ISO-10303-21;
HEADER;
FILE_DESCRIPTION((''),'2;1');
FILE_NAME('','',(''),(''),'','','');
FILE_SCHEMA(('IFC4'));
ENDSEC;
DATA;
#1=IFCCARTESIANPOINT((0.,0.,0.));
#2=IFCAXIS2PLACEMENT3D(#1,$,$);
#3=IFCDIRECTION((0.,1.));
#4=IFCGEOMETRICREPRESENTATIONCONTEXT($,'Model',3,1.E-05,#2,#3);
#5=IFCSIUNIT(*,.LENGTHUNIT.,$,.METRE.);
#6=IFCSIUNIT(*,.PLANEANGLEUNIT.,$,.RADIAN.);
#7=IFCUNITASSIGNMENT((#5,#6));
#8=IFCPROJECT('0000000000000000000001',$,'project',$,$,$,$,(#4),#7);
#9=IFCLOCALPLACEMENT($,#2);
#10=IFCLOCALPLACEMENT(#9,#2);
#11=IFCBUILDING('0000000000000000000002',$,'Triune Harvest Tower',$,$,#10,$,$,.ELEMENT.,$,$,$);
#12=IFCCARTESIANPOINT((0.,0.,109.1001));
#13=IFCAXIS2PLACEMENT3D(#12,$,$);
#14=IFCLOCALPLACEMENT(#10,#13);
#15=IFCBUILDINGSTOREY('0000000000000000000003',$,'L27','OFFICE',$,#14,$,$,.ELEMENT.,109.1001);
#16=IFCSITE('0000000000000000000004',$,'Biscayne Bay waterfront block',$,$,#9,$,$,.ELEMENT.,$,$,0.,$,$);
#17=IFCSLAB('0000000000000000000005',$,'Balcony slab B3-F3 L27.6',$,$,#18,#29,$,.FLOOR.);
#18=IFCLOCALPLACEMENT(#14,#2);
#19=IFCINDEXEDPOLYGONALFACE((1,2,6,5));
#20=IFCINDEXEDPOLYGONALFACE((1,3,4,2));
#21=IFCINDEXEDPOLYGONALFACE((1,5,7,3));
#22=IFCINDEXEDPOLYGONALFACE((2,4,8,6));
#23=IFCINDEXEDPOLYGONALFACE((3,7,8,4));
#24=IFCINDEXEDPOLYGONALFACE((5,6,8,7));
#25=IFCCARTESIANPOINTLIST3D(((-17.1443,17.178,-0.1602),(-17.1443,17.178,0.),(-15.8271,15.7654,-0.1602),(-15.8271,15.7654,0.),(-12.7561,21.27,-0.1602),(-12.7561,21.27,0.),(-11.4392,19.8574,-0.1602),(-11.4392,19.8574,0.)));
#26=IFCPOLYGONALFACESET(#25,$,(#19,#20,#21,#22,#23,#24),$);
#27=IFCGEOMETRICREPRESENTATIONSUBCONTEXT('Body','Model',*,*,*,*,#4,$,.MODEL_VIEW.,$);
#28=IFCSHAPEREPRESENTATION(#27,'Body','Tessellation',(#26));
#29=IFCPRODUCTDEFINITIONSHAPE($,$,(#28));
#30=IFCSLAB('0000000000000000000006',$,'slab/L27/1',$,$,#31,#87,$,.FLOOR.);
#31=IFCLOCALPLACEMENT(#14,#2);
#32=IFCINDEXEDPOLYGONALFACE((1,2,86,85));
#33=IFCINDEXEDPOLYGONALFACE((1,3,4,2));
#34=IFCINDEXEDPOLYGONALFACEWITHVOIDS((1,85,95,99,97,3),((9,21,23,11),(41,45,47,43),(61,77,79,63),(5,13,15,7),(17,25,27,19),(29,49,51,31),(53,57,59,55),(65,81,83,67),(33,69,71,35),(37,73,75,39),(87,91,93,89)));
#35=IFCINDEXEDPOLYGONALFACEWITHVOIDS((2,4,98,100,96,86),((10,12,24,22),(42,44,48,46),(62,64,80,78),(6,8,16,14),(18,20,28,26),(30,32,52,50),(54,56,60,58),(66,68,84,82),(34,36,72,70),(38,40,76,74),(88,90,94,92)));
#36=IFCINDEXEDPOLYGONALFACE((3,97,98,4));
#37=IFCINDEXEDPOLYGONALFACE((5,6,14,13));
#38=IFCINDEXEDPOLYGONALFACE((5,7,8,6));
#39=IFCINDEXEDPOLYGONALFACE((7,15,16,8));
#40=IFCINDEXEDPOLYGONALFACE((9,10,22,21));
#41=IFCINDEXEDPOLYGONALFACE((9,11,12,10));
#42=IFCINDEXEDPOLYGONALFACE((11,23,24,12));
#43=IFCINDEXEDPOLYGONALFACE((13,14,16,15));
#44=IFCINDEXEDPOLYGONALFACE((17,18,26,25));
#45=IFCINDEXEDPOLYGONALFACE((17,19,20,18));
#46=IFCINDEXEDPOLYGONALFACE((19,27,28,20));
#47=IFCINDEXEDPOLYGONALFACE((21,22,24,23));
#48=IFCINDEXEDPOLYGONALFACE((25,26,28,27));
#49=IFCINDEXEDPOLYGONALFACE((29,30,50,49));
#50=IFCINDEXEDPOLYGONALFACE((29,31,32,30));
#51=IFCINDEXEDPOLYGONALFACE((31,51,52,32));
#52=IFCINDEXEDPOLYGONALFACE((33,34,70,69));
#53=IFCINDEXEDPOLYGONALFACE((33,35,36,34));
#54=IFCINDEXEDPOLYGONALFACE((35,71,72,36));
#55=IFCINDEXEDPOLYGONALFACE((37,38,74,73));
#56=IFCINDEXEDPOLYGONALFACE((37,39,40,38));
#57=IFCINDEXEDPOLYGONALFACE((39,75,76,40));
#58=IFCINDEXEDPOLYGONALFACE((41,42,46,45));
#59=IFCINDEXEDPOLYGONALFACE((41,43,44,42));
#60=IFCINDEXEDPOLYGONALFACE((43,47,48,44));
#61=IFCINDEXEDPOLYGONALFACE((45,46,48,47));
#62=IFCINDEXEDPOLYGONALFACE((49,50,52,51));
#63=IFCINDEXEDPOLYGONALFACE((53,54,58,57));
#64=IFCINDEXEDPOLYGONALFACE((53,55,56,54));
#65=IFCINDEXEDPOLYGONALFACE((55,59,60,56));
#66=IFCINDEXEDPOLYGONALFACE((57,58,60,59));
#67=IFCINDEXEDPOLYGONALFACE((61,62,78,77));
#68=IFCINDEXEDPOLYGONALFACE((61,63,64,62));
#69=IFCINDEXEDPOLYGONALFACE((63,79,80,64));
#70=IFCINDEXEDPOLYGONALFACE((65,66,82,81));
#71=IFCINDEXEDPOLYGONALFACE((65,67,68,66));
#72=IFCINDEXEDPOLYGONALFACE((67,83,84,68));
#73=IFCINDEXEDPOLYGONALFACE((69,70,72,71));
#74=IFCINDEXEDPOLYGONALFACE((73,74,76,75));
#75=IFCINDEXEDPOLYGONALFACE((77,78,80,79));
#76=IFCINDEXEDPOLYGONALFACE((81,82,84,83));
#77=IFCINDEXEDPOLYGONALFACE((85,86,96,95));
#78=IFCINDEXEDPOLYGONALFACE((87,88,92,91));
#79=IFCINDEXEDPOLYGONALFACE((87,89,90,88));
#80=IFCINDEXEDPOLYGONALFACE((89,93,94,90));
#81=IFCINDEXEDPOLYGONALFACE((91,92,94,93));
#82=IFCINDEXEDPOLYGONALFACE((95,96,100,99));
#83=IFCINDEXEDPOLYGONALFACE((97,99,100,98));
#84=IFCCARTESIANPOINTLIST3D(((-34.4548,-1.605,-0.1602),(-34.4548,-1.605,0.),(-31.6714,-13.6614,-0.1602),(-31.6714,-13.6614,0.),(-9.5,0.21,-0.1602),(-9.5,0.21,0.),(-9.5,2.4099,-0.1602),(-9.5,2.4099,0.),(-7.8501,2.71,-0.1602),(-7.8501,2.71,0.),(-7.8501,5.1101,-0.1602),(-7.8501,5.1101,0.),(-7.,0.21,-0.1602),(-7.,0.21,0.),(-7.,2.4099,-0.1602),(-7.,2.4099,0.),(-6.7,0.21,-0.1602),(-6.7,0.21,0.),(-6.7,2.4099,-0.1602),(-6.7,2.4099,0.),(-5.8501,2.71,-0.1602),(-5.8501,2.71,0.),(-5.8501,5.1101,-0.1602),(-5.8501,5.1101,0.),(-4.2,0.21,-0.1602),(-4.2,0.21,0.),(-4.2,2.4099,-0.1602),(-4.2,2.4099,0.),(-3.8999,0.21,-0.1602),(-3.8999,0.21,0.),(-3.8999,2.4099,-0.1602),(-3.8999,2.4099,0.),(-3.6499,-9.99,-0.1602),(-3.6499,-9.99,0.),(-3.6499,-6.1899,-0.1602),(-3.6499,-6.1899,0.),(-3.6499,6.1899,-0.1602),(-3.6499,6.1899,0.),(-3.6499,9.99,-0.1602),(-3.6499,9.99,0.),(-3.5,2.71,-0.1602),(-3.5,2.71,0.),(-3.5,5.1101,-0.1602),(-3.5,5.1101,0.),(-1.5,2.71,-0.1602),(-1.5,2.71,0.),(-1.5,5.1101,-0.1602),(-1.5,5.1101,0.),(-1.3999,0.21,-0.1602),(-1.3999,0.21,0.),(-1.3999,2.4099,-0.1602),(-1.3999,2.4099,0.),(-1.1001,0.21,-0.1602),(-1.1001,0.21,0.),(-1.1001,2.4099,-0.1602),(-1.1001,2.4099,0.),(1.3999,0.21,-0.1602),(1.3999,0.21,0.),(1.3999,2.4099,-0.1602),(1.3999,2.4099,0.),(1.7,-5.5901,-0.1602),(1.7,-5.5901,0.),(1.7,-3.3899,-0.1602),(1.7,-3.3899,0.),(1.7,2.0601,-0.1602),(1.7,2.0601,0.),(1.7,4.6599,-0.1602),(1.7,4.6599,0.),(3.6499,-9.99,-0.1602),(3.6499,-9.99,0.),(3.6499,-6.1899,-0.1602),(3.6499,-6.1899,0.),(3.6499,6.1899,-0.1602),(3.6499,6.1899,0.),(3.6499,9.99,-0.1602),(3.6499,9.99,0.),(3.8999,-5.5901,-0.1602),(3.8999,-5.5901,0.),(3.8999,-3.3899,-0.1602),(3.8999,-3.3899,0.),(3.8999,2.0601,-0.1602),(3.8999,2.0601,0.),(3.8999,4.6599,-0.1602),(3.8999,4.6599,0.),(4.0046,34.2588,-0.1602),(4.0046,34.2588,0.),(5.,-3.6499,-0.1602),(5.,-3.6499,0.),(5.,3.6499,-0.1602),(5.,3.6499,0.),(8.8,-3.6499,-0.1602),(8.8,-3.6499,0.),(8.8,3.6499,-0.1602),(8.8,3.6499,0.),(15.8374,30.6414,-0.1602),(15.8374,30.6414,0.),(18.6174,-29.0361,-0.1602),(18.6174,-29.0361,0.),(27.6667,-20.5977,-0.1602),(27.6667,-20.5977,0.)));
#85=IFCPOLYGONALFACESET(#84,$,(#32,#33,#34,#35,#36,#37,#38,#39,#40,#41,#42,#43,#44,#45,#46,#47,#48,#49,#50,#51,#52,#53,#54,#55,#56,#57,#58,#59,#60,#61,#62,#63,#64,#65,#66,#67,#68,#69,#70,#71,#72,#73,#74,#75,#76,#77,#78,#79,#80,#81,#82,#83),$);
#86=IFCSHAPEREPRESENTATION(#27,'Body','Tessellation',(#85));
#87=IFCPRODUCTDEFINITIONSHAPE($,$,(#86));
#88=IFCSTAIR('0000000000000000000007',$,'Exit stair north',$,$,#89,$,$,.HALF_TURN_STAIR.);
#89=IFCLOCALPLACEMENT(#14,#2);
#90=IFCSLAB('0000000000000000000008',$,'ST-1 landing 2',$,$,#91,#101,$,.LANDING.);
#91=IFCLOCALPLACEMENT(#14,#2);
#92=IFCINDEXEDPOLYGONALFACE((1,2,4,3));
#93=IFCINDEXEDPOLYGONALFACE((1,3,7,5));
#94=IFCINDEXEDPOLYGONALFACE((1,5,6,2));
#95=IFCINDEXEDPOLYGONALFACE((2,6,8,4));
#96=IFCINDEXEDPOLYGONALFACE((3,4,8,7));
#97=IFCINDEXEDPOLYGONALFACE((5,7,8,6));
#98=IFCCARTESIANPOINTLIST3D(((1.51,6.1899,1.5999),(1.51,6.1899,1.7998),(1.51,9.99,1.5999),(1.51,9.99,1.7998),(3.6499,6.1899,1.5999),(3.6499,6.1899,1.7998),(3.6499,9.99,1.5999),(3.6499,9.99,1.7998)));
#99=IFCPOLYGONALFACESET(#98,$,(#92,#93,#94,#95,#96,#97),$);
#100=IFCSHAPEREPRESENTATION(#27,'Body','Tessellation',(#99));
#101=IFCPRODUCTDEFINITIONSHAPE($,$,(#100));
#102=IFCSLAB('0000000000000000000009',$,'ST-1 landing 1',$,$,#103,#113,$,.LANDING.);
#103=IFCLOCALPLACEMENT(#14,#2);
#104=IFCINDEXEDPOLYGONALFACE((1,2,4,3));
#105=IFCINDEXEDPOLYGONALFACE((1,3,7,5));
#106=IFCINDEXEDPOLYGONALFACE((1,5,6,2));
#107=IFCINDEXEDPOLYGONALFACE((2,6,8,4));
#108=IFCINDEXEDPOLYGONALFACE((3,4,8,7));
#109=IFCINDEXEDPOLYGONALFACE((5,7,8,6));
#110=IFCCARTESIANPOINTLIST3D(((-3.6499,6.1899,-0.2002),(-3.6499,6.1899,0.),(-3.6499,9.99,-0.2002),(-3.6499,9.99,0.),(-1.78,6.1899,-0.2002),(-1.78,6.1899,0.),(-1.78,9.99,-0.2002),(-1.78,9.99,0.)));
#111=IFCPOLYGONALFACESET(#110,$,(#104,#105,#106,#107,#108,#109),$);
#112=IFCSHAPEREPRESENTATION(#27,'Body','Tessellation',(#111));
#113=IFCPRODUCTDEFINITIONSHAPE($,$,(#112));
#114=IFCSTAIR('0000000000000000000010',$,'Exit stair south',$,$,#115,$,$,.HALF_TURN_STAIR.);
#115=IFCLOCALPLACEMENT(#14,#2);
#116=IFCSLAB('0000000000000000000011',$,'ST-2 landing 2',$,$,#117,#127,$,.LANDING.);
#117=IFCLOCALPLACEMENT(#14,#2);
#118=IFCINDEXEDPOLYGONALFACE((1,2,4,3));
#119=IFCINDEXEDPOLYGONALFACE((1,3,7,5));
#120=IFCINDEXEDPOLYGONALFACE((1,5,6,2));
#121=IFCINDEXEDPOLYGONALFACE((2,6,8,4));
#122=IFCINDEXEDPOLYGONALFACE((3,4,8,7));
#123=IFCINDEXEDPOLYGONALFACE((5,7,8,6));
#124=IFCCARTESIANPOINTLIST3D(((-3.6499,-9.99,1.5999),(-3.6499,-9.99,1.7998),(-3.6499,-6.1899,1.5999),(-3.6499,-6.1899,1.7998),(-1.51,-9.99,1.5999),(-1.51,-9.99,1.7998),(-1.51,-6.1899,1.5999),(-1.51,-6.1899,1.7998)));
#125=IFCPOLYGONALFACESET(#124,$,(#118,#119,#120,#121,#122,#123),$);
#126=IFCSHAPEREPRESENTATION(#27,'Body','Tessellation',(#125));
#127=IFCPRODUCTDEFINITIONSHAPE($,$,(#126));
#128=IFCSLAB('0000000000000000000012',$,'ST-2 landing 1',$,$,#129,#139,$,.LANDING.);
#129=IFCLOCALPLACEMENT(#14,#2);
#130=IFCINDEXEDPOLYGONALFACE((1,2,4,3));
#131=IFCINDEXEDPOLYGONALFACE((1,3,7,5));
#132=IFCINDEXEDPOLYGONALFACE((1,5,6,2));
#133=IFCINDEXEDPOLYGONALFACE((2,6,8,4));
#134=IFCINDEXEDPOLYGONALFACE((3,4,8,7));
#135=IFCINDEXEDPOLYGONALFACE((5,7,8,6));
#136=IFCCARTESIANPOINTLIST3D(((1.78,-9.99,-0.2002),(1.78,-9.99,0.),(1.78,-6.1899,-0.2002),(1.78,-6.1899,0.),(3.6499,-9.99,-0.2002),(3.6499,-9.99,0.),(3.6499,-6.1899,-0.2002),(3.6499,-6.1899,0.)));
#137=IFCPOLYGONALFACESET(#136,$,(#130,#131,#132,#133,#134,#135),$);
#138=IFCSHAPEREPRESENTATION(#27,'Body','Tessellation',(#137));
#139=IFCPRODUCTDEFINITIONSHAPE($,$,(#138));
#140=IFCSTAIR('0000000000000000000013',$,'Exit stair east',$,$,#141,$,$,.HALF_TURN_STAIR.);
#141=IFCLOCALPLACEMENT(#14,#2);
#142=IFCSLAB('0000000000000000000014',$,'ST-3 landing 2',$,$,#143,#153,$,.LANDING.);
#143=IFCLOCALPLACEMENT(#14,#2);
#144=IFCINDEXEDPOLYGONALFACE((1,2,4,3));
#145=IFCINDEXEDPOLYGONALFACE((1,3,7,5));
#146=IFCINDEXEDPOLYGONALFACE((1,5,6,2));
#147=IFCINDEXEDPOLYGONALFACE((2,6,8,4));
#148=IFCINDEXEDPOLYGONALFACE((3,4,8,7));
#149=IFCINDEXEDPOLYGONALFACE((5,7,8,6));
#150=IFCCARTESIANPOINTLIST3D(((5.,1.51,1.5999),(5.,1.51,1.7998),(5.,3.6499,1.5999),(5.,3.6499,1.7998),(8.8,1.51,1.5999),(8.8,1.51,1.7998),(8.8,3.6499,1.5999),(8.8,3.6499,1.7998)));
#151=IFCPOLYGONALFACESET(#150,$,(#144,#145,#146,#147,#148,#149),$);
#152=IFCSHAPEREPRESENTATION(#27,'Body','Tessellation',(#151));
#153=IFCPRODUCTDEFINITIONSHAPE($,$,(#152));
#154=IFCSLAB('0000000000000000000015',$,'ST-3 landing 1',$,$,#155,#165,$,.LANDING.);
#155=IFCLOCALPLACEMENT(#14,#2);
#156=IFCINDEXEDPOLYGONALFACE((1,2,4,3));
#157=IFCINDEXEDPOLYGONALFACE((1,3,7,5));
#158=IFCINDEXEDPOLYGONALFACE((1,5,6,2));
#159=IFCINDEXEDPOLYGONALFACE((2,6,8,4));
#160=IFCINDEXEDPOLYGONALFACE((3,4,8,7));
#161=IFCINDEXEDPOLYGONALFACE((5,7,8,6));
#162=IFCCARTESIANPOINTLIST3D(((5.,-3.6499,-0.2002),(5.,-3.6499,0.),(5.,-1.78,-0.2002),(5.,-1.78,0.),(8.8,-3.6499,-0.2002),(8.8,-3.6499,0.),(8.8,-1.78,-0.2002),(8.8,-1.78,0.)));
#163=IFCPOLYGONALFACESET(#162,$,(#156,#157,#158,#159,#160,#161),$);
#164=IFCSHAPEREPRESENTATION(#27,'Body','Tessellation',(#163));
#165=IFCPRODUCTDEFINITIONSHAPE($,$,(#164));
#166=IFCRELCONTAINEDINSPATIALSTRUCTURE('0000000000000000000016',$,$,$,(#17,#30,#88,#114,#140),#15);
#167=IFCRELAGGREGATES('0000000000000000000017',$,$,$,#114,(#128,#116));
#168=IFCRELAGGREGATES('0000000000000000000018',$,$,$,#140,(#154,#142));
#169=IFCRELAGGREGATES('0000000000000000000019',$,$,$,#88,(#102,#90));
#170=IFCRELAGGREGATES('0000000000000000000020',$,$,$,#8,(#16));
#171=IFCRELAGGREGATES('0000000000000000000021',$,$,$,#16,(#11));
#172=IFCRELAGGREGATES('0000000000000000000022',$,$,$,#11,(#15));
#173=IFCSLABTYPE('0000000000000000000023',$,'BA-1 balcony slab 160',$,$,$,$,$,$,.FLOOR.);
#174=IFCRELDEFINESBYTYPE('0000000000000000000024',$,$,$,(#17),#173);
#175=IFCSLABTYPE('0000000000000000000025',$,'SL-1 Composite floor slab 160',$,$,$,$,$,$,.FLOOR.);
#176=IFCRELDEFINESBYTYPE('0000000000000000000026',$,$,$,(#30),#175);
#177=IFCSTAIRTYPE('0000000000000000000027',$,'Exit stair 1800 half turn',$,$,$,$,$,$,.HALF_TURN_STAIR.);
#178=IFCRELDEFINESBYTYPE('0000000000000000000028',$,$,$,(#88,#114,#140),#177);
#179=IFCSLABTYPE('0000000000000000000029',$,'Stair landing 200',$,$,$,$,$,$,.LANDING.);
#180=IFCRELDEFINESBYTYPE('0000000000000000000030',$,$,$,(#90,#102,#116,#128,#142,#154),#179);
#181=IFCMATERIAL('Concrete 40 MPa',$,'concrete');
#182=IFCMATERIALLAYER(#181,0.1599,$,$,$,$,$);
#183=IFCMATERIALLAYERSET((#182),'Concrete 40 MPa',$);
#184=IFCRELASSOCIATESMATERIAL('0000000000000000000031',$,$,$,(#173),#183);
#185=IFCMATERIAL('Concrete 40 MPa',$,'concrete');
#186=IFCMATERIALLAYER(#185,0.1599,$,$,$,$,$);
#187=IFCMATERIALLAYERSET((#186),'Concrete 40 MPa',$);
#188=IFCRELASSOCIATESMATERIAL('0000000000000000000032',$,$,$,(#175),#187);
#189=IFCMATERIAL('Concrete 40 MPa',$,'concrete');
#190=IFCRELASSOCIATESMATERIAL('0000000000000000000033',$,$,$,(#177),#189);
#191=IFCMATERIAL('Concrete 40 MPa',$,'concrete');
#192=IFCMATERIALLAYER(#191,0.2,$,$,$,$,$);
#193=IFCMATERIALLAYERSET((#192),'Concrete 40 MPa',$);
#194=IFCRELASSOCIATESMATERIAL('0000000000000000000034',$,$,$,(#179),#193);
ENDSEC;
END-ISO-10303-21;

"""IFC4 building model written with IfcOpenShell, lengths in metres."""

from ifc_helpers import new_model, si_unit, direction, frame, origin, place, context, subcontext, project, spatial, polyline, outline, extrude, source, transform, mapped, material, layer, layer_set, type_object, element, aggregate, save


model = new_model("IFC4")

# Units and contexts
model_context = context("Model", 3, precision=1e-05, world=origin(), true_north=direction((0.0, 1.0)))
body_context = subcontext(model_context, "Body", "Model", "MODEL_VIEW")
ifc_project = project(units=[si_unit("LENGTHUNIT", "METRE"), si_unit("PLANEANGLEUNIT", "RADIAN")], contexts=[model_context])

# Site, building, storey
site_placement = place(None, origin())
site = spatial("IfcSite", under=ifc_project, at=site_placement, Name="Biscayne Bay waterfront block", CompositionType="ELEMENT", RefElevation=0.0)
building_placement = place(site_placement, origin())
building = spatial("IfcBuilding", under=site, at=building_placement, Name="Triune Harvest Tower", CompositionType="ELEMENT")
storey_placement = place(building_placement, frame((0.0, 0.0, 109.1001)))
storey = spatial("IfcBuildingStorey", under=building, at=storey_placement, Name="L27", Description="OFFICE", CompositionType="ELEMENT", Elevation=109.1001)

# Slabs
ifc_material_1 = material(Name="Concrete 40 MPa", Category="concrete")
ifc_layer_1 = layer(ifc_material_1, 0.1599)
ifc_layer_set_1 = layer_set([ifc_layer_1], Name="Concrete 40 MPa")
slab_type_1 = type_object("IfcSlabType", Name="BA-1 balcony slab 160", PredefinedType="FLOOR", material=ifc_layer_set_1)
slab_1_placement = place(storey_placement, frame((0.0, 0.0, -0.1602)))
element("IfcSlab", 1, at=slab_1_placement, inside=storey, type_object=slab_type_1, Name="Balcony slab B3-F3 L27.6", PredefinedType="FLOOR", context=body_context, shape_type="SweptSolid", body=[
    extrude(outline(polyline([(-11.4392, 19.8574), (-15.8271, 15.7654), (-17.1443, 17.178), (-12.7561, 21.27), (-11.4392, 19.8574)])), origin(), (0.0, 0.0, 1.0), 0.1602),
])
ifc_material_2 = material(Name="Concrete 40 MPa", Category="concrete")
ifc_layer_2 = layer(ifc_material_2, 0.1599)
ifc_layer_set_2 = layer_set([ifc_layer_2], Name="Concrete 40 MPa")
slab_type_2 = type_object("IfcSlabType", Name="SL-1 Composite floor slab 160", PredefinedType="FLOOR", material=ifc_layer_set_2)
shared_shape_1 = source(origin(), body_context, "Body", "SweptSolid", [
    extrude(outline(polyline([(27.6667, -20.5977), (15.8374, 30.6414), (4.0046, 34.2588), (-34.4548, -1.605), (-31.6714, -13.6614), (18.6174, -29.0361), (27.6667, -20.5977)]), holes=[polyline([(-7.0, 0.21), (-7.0, 2.4099), (-9.5, 2.4099), (-9.5, 0.21), (-7.0, 0.21)]), polyline([(-4.2, 0.21), (-4.2, 2.4099), (-6.7, 2.4099), (-6.7, 0.21), (-4.2, 0.21)]), polyline([(-1.3999, 0.21), (-1.3999, 2.4099), (-3.8999, 2.4099), (-3.8999, 0.21), (-1.3999, 0.21)]), polyline([(1.3999, 0.21), (1.3999, 2.4099), (-1.1001, 2.4099), (-1.1001, 0.21), (1.3999, 0.21)]), polyline([(3.8999, 2.0601), (3.8999, 4.6599), (1.7, 4.6599), (1.7, 2.0601), (3.8999, 2.0601)]), polyline([(3.8999, -5.5901), (3.8999, -3.3899), (1.7, -3.3899), (1.7, -5.5901), (3.8999, -5.5901)]), polyline([(-5.8501, 2.71), (-5.8501, 5.1101), (-7.8501, 5.1101), (-7.8501, 2.71), (-5.8501, 2.71)]), polyline([(-1.5, 2.71), (-1.5, 5.1101), (-3.5, 5.1101), (-3.5, 2.71), (-1.5, 2.71)]), polyline([(3.6499, 6.1899), (3.6499, 9.99), (-3.6499, 9.99), (-3.6499, 6.1899), (3.6499, 6.1899)]), polyline([(3.6499, -9.99), (3.6499, -6.1899), (-3.6499, -6.1899), (-3.6499, -9.99), (3.6499, -9.99)]), polyline([(8.8, -3.6499), (8.8, 3.6499), (5.0, 3.6499), (5.0, -3.6499), (8.8, -3.6499)])]), origin(), (0.0, 0.0, 1.0), 0.1602),
])
slab_2_placement = place(storey_placement, frame((0.0, 0.0, -0.1602)))
element("IfcSlab", 2, at=slab_2_placement, inside=storey, type_object=slab_type_2, Name="slab/L27/1", PredefinedType="FLOOR", context=body_context, shape_type="MappedRepresentation", body=[
    mapped(shared_shape_1, transform((0.0, 0.0, 0.0), scale=1.0)),
])

# Stairs, slabs
ifc_material_3 = material(Name="Concrete 40 MPa", Category="concrete")
stair_type = type_object("IfcStairType", Name="Exit stair 1800 half turn", PredefinedType="HALF_TURN_STAIR", material=ifc_material_3)
stair_1_placement = place(storey_placement, origin())
stair_1 = element("IfcStair", 3, at=stair_1_placement, inside=storey, type_object=stair_type, Name="Exit stair north", PredefinedType="HALF_TURN_STAIR")
ifc_material_4 = material(Name="Concrete 40 MPa", Category="concrete")
ifc_layer_3 = layer(ifc_material_4, 0.2)
ifc_layer_set_3 = layer_set([ifc_layer_3], Name="Concrete 40 MPa")
slab_type_3 = type_object("IfcSlabType", Name="Stair landing 200", PredefinedType="LANDING", material=ifc_layer_set_3)
shared_shape_2 = source(origin(), body_context, "Body", "SweptSolid", [
    extrude(outline(polyline([(1.51, 6.1899), (3.6499, 6.1899), (3.6499, 9.99), (1.51, 9.99), (1.51, 6.1899)])), origin(), (0.0, 0.0, 1.0), 0.2),
])
slab_3_placement = place(storey_placement, frame((0.0, 0.0, 1.5999)))
slab_3 = element("IfcSlab", 4, at=slab_3_placement, type_object=slab_type_3, Name="ST-1 landing 2", PredefinedType="LANDING", context=body_context, shape_type="MappedRepresentation", body=[
    mapped(shared_shape_2, transform((0.0, 0.0, 0.0), scale=1.0)),
])
shared_shape_3 = source(origin(), body_context, "Body", "SweptSolid", [
    extrude(outline(polyline([(-3.6499, 6.1899), (-1.78, 6.1899), (-1.78, 9.99), (-3.6499, 9.99), (-3.6499, 6.1899)])), origin(), (0.0, 0.0, 1.0), 0.2002),
])
slab_4_placement = place(storey_placement, frame((0.0, 0.0, -0.2002)))
slab_4 = element("IfcSlab", 5, at=slab_4_placement, type_object=slab_type_3, Name="ST-1 landing 1", PredefinedType="LANDING", context=body_context, shape_type="MappedRepresentation", body=[
    mapped(shared_shape_3, transform((0.0, 0.0, 0.0), scale=1.0)),
])
stair_2_placement = place(storey_placement, origin())
stair_2 = element("IfcStair", 6, at=stair_2_placement, inside=storey, type_object=stair_type, Name="Exit stair south", PredefinedType="HALF_TURN_STAIR")
shared_shape_4 = source(origin(), body_context, "Body", "SweptSolid", [
    extrude(outline(polyline([(-1.51, -6.1899), (-3.6499, -6.1899), (-3.6499, -9.99), (-1.51, -9.99), (-1.51, -6.1899)])), origin(), (0.0, 0.0, 1.0), 0.2),
])
slab_5_placement = place(storey_placement, frame((0.0, 0.0, 1.5999)))
slab_5 = element("IfcSlab", 7, at=slab_5_placement, type_object=slab_type_3, Name="ST-2 landing 2", PredefinedType="LANDING", context=body_context, shape_type="MappedRepresentation", body=[
    mapped(shared_shape_4, transform((0.0, 0.0, 0.0), scale=1.0)),
])
shared_shape_5 = source(origin(), body_context, "Body", "SweptSolid", [
    extrude(outline(polyline([(3.6499, -6.1899), (1.78, -6.1899), (1.78, -9.99), (3.6499, -9.99), (3.6499, -6.1899)])), origin(), (0.0, 0.0, 1.0), 0.2002),
])
slab_6_placement = place(storey_placement, frame((0.0, 0.0, -0.2002)))
slab_6 = element("IfcSlab", 8, at=slab_6_placement, type_object=slab_type_3, Name="ST-2 landing 1", PredefinedType="LANDING", context=body_context, shape_type="MappedRepresentation", body=[
    mapped(shared_shape_5, transform((0.0, 0.0, 0.0), scale=1.0)),
])
aggregate(stair_2, [slab_6, slab_5])
stair_3_placement = place(storey_placement, origin())
stair_3 = element("IfcStair", 9, at=stair_3_placement, inside=storey, type_object=stair_type, Name="Exit stair east", PredefinedType="HALF_TURN_STAIR")
shared_shape_6 = source(origin(), body_context, "Body", "SweptSolid", [
    extrude(outline(polyline([(8.8, 1.51), (8.8, 3.6499), (5.0, 3.6499), (5.0, 1.51), (8.8, 1.51)])), origin(), (0.0, 0.0, 1.0), 0.2),
])
slab_7_placement = place(storey_placement, frame((0.0, 0.0, 1.5999)))
slab_7 = element("IfcSlab", 10, at=slab_7_placement, type_object=slab_type_3, Name="ST-3 landing 2", PredefinedType="LANDING", context=body_context, shape_type="MappedRepresentation", body=[
    mapped(shared_shape_6, transform((0.0, 0.0, 0.0), scale=1.0)),
])
shared_shape_7 = source(origin(), body_context, "Body", "SweptSolid", [
    extrude(outline(polyline([(8.8, -3.6499), (8.8, -1.78), (5.0, -1.78), (5.0, -3.6499), (8.8, -3.6499)])), origin(), (0.0, 0.0, 1.0), 0.2002),
])
slab_8_placement = place(storey_placement, frame((0.0, 0.0, -0.2002)))
slab_8 = element("IfcSlab", 11, at=slab_8_placement, type_object=slab_type_3, Name="ST-3 landing 1", PredefinedType="LANDING", context=body_context, shape_type="MappedRepresentation", body=[
    mapped(shared_shape_7, transform((0.0, 0.0, 0.0), scale=1.0)),
])
aggregate(stair_3, [slab_8, slab_7])

aggregate(stair_1, [slab_4, slab_3])

save(model, "model.ifc")
